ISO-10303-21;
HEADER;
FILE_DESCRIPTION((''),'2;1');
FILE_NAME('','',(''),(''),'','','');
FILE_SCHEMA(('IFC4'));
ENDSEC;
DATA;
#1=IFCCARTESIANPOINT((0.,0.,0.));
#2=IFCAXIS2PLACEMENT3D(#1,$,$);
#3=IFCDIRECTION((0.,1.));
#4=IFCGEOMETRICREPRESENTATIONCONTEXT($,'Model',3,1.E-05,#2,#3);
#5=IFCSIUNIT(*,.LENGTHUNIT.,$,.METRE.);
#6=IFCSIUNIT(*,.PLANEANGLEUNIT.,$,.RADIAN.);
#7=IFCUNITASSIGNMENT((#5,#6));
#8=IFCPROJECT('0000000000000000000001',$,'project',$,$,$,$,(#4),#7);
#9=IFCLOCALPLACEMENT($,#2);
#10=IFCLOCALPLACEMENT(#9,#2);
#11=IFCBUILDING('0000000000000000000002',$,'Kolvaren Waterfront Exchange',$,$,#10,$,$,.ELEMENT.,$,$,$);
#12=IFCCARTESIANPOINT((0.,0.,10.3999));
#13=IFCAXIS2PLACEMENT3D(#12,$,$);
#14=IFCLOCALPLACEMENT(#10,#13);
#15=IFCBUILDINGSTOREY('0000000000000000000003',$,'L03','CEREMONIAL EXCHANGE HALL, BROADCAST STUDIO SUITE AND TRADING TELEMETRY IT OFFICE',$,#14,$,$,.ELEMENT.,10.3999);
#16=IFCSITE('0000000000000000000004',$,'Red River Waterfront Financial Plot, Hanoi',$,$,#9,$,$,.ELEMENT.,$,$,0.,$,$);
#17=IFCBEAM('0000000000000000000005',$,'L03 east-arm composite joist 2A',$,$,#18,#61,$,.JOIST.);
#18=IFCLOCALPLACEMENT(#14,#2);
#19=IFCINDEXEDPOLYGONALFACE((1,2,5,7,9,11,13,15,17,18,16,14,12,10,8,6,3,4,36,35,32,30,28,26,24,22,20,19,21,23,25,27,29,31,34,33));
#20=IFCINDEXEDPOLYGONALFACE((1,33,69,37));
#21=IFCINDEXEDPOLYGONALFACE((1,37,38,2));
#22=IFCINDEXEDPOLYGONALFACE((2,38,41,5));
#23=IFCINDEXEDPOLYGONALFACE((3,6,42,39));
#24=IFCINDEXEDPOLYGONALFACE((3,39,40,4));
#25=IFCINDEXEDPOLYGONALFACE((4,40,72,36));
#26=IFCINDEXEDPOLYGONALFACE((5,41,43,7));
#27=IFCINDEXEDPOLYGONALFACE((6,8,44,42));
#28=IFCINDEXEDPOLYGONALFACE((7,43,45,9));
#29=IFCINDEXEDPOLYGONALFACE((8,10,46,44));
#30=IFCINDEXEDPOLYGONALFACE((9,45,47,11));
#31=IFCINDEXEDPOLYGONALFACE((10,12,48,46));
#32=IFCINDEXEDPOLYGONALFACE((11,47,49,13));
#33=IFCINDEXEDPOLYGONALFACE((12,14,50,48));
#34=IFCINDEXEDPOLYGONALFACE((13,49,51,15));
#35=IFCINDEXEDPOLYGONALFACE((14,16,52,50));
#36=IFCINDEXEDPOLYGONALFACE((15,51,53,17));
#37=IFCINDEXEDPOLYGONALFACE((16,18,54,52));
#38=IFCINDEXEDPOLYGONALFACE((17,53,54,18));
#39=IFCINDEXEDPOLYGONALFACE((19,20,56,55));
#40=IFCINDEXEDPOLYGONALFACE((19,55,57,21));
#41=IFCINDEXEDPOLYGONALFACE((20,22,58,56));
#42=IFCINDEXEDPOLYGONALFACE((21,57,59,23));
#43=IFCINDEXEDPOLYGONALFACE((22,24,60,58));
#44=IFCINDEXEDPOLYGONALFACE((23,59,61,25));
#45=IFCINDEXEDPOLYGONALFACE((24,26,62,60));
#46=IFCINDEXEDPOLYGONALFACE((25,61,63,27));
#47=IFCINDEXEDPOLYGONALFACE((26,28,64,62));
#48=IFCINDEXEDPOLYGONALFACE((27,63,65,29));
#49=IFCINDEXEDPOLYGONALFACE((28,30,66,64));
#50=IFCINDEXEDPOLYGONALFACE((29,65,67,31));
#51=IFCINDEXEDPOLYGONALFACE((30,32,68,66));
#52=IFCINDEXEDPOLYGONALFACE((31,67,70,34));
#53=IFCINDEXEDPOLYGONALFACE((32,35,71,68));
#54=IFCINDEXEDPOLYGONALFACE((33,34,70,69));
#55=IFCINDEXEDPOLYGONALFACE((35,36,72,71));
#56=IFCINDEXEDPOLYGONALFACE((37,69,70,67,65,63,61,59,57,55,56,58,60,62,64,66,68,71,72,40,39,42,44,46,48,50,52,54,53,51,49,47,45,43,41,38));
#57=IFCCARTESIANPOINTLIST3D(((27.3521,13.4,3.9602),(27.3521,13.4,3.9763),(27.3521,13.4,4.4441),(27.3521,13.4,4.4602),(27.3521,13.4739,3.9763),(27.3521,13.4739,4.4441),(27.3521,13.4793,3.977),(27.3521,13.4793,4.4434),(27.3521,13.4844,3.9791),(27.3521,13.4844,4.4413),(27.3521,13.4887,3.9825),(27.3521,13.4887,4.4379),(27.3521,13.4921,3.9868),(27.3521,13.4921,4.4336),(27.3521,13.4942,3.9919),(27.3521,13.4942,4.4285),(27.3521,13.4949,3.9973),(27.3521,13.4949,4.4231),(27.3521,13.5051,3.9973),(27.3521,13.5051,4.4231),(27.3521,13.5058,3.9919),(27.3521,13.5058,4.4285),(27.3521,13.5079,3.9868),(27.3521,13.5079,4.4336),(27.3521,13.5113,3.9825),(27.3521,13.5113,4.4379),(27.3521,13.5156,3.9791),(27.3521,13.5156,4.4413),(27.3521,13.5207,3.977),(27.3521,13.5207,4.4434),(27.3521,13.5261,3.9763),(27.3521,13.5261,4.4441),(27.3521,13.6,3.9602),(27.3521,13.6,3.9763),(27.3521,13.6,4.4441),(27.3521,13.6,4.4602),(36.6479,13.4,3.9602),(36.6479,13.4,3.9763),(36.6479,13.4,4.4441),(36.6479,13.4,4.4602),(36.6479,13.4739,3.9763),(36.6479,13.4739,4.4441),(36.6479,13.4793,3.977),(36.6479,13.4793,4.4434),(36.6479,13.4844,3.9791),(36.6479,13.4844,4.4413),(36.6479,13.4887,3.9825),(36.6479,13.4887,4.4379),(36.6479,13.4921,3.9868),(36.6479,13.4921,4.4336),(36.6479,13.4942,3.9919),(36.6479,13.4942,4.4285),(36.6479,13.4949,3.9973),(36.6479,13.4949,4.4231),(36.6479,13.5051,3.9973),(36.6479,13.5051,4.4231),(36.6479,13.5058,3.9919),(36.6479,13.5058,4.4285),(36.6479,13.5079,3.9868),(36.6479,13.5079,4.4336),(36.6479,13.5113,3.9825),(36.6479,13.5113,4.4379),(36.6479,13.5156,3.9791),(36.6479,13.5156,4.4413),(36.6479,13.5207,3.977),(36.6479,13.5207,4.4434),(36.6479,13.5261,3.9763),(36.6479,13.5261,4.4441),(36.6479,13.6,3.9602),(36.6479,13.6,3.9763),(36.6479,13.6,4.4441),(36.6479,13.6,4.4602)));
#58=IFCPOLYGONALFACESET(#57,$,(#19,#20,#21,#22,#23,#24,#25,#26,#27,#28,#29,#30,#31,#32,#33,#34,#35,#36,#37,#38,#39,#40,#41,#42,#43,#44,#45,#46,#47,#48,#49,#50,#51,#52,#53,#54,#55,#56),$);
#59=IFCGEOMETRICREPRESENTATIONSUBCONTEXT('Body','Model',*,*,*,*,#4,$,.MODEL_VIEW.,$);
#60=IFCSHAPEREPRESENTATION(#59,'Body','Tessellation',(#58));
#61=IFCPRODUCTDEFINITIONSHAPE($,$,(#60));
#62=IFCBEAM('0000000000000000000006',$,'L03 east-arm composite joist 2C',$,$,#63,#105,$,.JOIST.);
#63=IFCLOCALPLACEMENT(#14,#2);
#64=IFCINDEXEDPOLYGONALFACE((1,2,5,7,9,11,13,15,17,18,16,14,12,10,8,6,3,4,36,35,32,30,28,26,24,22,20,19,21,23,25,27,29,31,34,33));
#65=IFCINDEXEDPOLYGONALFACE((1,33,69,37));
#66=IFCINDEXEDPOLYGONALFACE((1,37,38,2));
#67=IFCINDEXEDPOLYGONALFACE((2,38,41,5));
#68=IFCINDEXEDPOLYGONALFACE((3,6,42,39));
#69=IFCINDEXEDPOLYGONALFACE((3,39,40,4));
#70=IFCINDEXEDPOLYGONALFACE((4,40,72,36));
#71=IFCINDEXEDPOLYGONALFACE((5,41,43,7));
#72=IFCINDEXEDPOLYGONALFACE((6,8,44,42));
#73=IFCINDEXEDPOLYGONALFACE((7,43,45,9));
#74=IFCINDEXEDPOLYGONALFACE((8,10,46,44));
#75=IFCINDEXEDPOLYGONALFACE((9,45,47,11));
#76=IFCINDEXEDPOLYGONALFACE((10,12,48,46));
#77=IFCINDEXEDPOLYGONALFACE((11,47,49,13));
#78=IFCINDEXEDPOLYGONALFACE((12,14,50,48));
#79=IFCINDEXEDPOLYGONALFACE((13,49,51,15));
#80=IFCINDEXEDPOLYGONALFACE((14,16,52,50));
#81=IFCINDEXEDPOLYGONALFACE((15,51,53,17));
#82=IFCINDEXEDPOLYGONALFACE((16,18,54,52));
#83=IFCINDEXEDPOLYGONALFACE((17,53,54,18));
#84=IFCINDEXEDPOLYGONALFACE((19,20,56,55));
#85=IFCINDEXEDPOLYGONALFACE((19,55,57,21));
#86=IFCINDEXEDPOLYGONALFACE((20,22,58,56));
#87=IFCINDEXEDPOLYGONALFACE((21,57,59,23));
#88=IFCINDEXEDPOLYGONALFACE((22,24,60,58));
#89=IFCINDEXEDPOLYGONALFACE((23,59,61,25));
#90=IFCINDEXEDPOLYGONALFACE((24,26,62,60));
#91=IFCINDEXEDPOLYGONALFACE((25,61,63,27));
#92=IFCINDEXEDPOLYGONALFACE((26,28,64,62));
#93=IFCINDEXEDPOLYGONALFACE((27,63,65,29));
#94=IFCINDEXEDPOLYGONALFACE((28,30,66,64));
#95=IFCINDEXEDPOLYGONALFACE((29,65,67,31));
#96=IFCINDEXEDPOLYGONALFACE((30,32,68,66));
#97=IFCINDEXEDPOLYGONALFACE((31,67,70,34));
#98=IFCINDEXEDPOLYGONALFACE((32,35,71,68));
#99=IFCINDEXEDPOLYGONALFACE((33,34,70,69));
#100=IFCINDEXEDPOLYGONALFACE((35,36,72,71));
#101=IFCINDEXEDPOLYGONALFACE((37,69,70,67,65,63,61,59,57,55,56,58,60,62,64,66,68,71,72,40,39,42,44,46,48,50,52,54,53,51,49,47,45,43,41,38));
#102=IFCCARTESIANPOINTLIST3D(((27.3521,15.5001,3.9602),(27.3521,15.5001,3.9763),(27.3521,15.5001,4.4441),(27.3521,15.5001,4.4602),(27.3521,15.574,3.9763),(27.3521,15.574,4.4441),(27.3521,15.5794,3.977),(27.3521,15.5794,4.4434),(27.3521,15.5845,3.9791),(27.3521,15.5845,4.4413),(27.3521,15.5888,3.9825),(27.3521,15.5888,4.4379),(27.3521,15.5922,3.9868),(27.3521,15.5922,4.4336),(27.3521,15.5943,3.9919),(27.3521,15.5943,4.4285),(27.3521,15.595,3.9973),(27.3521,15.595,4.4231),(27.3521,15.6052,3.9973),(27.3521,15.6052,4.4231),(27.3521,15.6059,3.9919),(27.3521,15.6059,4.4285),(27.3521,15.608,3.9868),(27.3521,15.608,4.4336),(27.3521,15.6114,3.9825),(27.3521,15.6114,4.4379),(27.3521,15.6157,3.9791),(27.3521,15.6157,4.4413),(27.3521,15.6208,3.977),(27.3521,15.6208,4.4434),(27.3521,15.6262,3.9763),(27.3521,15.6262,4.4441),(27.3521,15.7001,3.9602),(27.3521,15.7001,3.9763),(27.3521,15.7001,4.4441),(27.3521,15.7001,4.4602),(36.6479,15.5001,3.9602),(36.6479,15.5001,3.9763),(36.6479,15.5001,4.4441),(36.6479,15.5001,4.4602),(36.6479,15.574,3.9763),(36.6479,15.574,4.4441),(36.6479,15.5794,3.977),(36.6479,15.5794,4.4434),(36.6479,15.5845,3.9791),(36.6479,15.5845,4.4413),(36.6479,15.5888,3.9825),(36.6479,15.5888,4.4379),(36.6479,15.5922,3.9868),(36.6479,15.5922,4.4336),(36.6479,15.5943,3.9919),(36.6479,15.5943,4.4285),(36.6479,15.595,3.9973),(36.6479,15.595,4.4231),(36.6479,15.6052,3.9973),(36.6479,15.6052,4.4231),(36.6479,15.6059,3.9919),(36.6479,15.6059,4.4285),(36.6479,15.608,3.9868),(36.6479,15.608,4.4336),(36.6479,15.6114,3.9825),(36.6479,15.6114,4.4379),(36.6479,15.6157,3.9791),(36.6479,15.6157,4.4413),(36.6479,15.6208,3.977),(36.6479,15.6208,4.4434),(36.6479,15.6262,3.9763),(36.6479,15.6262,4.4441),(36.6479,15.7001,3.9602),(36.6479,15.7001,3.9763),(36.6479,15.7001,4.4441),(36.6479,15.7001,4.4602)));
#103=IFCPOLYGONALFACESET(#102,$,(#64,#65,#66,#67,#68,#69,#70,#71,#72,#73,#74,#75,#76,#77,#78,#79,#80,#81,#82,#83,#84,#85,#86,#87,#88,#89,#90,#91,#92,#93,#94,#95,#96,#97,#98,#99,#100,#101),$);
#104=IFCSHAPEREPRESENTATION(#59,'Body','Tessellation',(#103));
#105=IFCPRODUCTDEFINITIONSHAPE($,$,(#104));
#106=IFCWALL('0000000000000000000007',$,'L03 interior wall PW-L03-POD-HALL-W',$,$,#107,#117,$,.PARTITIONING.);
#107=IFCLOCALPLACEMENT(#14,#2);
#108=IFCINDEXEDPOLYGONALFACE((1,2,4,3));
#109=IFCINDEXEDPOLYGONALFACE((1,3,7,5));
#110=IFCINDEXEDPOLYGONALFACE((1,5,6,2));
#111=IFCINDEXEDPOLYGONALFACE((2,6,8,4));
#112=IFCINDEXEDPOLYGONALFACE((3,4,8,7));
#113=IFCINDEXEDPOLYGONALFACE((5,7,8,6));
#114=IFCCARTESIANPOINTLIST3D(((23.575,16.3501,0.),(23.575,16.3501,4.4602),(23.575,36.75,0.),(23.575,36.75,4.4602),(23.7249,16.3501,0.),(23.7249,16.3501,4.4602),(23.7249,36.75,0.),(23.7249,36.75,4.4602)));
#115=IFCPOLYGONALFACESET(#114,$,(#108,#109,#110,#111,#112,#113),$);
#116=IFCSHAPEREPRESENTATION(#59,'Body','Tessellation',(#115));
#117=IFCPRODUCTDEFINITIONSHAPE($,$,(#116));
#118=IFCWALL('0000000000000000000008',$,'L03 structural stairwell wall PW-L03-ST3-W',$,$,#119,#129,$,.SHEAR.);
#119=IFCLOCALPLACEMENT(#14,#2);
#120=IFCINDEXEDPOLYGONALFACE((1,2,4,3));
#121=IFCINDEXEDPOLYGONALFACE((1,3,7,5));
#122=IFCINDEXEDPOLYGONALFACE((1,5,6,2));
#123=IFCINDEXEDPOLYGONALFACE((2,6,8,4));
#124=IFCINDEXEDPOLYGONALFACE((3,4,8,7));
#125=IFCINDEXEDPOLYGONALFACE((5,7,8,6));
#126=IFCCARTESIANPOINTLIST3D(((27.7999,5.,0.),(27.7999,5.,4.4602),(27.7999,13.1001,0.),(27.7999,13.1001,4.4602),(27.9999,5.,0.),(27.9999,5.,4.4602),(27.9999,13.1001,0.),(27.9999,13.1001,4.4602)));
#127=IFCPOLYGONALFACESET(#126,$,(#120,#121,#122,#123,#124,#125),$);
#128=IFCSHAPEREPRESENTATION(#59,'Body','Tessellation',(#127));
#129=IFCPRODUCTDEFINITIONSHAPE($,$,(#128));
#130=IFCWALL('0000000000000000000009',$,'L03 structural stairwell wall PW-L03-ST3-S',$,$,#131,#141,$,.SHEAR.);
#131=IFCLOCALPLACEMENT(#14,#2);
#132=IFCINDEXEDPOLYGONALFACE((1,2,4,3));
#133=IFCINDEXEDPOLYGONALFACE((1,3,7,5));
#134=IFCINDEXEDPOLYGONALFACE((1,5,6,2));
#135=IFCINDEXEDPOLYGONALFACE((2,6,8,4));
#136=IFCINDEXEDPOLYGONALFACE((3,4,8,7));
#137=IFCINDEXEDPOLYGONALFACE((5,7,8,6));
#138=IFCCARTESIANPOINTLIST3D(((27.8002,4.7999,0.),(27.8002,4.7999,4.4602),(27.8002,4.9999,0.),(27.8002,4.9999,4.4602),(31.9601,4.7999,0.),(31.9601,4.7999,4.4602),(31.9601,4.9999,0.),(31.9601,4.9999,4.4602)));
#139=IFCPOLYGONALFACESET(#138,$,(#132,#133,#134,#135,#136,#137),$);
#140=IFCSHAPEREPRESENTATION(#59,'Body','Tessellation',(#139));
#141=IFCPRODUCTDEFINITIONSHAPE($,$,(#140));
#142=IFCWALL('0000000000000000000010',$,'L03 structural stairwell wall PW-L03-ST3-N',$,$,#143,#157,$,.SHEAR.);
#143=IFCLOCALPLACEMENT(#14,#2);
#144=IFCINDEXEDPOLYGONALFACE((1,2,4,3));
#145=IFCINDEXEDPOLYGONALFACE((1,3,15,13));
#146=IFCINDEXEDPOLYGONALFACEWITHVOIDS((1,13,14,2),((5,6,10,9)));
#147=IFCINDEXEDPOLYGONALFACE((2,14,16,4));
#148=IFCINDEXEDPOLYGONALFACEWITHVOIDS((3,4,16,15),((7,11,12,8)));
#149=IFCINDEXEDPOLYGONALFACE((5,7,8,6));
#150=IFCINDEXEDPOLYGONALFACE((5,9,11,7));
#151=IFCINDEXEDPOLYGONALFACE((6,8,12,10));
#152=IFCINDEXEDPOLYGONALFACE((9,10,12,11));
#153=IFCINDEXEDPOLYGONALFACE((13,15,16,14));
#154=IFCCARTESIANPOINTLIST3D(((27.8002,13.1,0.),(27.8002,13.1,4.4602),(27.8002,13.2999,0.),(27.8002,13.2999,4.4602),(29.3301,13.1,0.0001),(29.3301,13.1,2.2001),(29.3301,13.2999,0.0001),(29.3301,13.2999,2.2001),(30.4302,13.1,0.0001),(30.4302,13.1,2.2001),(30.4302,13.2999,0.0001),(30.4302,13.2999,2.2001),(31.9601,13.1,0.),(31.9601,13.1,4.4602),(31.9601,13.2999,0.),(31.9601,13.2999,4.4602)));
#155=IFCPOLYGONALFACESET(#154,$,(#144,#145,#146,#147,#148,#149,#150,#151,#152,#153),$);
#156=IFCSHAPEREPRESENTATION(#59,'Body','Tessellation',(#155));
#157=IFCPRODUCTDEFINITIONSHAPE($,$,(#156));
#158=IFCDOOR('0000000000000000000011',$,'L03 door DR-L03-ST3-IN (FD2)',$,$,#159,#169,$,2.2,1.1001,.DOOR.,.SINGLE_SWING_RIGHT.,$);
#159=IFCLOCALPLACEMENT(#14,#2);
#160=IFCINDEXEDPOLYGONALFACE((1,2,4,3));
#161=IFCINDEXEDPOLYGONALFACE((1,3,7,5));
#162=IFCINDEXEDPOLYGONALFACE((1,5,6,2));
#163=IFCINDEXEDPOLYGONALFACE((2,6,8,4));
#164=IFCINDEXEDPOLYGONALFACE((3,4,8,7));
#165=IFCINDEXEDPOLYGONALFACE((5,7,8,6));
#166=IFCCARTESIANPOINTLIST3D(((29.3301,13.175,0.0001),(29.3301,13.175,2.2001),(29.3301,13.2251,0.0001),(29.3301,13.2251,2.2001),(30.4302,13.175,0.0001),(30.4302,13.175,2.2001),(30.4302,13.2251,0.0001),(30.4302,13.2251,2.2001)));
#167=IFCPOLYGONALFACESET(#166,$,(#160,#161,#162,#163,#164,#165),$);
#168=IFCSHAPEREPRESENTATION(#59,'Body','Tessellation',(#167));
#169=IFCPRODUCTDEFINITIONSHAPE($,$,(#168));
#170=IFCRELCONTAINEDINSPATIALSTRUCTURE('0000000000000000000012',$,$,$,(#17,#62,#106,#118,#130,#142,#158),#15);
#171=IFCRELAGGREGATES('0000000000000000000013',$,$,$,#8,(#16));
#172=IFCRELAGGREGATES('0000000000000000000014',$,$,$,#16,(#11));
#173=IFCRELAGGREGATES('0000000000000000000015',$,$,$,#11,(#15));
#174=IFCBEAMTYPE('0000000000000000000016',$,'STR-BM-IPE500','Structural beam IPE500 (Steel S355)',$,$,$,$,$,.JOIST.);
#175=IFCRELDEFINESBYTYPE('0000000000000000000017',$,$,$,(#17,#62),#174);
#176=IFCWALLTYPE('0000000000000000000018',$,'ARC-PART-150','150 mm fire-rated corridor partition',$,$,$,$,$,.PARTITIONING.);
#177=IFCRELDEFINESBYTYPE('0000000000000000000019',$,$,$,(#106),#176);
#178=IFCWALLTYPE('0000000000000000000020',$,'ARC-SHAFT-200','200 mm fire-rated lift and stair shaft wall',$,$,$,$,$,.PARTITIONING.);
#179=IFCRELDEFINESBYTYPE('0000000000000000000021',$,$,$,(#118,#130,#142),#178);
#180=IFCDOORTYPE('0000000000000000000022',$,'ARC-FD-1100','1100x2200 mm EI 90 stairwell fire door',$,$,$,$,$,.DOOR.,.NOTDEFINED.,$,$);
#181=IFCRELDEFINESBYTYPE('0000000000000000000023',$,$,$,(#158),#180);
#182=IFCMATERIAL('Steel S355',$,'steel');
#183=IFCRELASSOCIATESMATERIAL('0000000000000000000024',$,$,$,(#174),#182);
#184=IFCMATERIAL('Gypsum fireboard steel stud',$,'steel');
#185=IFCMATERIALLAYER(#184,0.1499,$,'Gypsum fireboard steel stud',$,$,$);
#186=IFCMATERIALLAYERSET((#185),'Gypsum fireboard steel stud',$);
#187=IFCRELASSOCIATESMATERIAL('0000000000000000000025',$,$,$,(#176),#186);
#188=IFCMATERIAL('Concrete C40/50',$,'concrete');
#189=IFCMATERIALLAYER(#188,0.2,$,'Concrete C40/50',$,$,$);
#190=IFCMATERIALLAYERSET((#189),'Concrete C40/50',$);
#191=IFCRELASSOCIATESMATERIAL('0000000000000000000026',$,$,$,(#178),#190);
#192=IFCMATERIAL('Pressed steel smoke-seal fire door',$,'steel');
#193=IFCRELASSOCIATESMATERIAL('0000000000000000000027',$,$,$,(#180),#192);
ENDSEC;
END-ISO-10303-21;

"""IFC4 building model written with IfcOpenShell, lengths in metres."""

from ifc_helpers import new_model, si_unit, direction, frame, frame_2d, origin, origin_2d, place, context, subcontext, project, spatial, rectangle, i_section, extrude, material, layer, layer_set, material_profile, profile_set, type_object, element, fill, save


model = new_model("IFC4")

# Units and contexts
model_context = context("Model", 3, precision=1e-05, world=origin(), true_north=direction((0.0, 1.0)))
body_context = subcontext(model_context, "Body", "Model", "MODEL_VIEW")
ifc_project = project(units=[si_unit("LENGTHUNIT", "METRE"), si_unit("PLANEANGLEUNIT", "RADIAN")], contexts=[model_context])

# Site, building, storey
site_placement = place(None, origin())
site = spatial("IfcSite", under=ifc_project, at=site_placement, Name="Red River Waterfront Financial Plot, Hanoi", CompositionType="ELEMENT", RefElevation=0.0)
building_placement = place(site_placement, origin())
building = spatial("IfcBuilding", under=site, at=building_placement, Name="Kolvaren Waterfront Exchange", CompositionType="ELEMENT")
storey_placement = place(building_placement, frame((0.0, 0.0, 10.3999)))
storey = spatial("IfcBuildingStorey", under=building, at=storey_placement, Name="L03", Description="CEREMONIAL EXCHANGE HALL, BROADCAST STUDIO SUITE AND TRADING TELEMETRY IT OFFICE", CompositionType="ELEMENT", Elevation=10.3999)

# Beams
ifc_material_1 = material(Name="Steel S355", Category="steel")
ifc_material_profile_1 = material_profile(ifc_material_1, i_section(OverallWidth=0.2, OverallDepth=0.5, WebThickness=0.0103, FlangeThickness=0.0161, FilletRadius=0.021, at=origin_2d()), Name="IPE500")
ifc_profile_set_1 = profile_set([ifc_material_profile_1], Name="Steel S355")
beam_type_1 = type_object("IfcBeamType", Name="STR-BM-IPE500", Description="Structural beam IPE500 (Steel S355)", PredefinedType="JOIST", material=ifc_profile_set_1)
for number, where, z_axis, x_axis, name in (
    (1, (27.3521, 13.5, 4.2102), (1.0, 0.0, 0.0), (0.0, 1.0, 0.0), "L03 east-arm composite joist 2A"),
    (2, (27.3521, 15.6001, 4.2102), (1.0, 0.0, 0.0), (0.0, 1.0, 0.0), "L03 east-arm composite joist 2C"),
):
    element("IfcBeam", number, at=place(storey_placement, frame(where, z_axis=z_axis, x_axis=x_axis)), inside=storey, type_object=beam_type_1, Name=name, PredefinedType="JOIST", context=body_context, shape_type="SweptSolid", body=[
        extrude(i_section(OverallWidth=0.2, OverallDepth=0.5, WebThickness=0.0103, FlangeThickness=0.0161, FilletRadius=0.021, at=origin_2d()), origin(), (0.0, 0.0, 1.0), 9.2959),
    ])

# Walls
ifc_material_2 = material(Name="Gypsum fireboard steel stud", Category="steel")
ifc_layer_1 = layer(ifc_material_2, 0.1499, Name="Gypsum fireboard steel stud")
ifc_layer_set_1 = layer_set([ifc_layer_1], Name="Gypsum fireboard steel stud")
wall_type_1 = type_object("IfcWallType", Name="ARC-PART-150", Description="150 mm fire-rated corridor partition", PredefinedType="PARTITIONING", material=ifc_layer_set_1)
wall_1_placement = place(storey_placement, frame((23.6499, 16.3501, 0.0), z_axis=(0.0, 0.0, 1.0), x_axis=(0.0, 1.0, 0.0)))
element("IfcWall", 3, at=wall_1_placement, inside=storey, type_object=wall_type_1, Name="L03 interior wall PW-L03-POD-HALL-W", PredefinedType="PARTITIONING", context=body_context, shape_type="SweptSolid", body=[
    extrude(rectangle(XDim=20.3999, YDim=0.1499, at=frame_2d((10.2, 0.0))), origin(), (0.0, 0.0, 1.0), 4.4602),
])
ifc_material_3 = material(Name="Concrete C40/50", Category="concrete")
ifc_layer_2 = layer(ifc_material_3, 0.2, Name="Concrete C40/50")
ifc_layer_set_2 = layer_set([ifc_layer_2], Name="Concrete C40/50")
wall_type_2 = type_object("IfcWallType", Name="ARC-SHAFT-200", Description="200 mm fire-rated lift and stair shaft wall", PredefinedType="PARTITIONING", material=ifc_layer_set_2)
wall_2_placement = place(storey_placement, frame((27.8999, 5.0, 0.0), z_axis=(0.0, 0.0, 1.0), x_axis=(0.0, 1.0, 0.0)))
element("IfcWall", 4, at=wall_2_placement, inside=storey, type_object=wall_type_2, Name="L03 structural stairwell wall PW-L03-ST3-W", PredefinedType="SHEAR", context=body_context, shape_type="SweptSolid", body=[
    extrude(rectangle(XDim=8.1001, YDim=0.2, at=frame_2d((4.05, 0.0))), origin(), (0.0, 0.0, 1.0), 4.4602),
])
wall_3_placement = place(storey_placement, frame((27.8, 4.8999, 0.0), z_axis=(0.0, 0.0, 1.0), x_axis=(1.0, 0.0, 0.0)))
element("IfcWall", 5, at=wall_3_placement, inside=storey, type_object=wall_type_2, Name="L03 structural stairwell wall PW-L03-ST3-S", PredefinedType="SHEAR", context=body_context, shape_type="SweptSolid", body=[
    extrude(rectangle(XDim=4.1599, YDim=0.2, at=frame_2d((2.0801, 0.0))), origin(), (0.0, 0.0, 1.0), 4.4602),
])

# Wall, opening, door
wall_4_placement = place(storey_placement, frame((27.8, 13.2, 0.0), z_axis=(0.0, 0.0, 1.0), x_axis=(1.0, 0.0, 0.0)))
wall_4 = element("IfcWall", 6, at=wall_4_placement, inside=storey, type_object=wall_type_2, Name="L03 structural stairwell wall PW-L03-ST3-N", PredefinedType="SHEAR", context=body_context, shape_type="SweptSolid", body=[
    extrude(rectangle(XDim=4.1599, YDim=0.2, at=frame_2d((2.0801, 0.0))), origin(), (0.0, 0.0, 1.0), 4.4602),
])
opening_placement = place(wall_4_placement, frame((1.53, 0.0, 0.0)))
opening = element("IfcOpeningElement", 7, at=opening_placement, cuts=wall_4, PredefinedType="OPENING", context=body_context, shape_type="SweptSolid", body=[
    extrude(rectangle(XDim=1.1001, YDim=2.2, at=frame_2d((0.55, 1.1001))), frame((0.0, 0.1099, 0.0), z_axis=(0.0, -1.0, 0.0), x_axis=(1.0, 0.0, 0.0)), (0.0, 0.0, 1.0), 0.22),
])
ifc_material_4 = material(Name="Pressed steel smoke-seal fire door", Category="steel")
door_type = type_object("IfcDoorType", Name="ARC-FD-1100", Description="1100x2200 mm EI 90 stairwell fire door", OperationType="NOTDEFINED", PredefinedType="DOOR", material=ifc_material_4)
door_placement = place(opening_placement, frame((1.1001, 0.0, 0.0), z_axis=(0.0, 0.0, 1.0), x_axis=(-1.0, 0.0, 0.0)))
door = element("IfcDoor", 8, at=door_placement, inside=storey, type_object=door_type, Name="L03 door DR-L03-ST3-IN (FD2)", OperationType="SINGLE_SWING_RIGHT", OverallHeight=2.2, OverallWidth=1.1001, PredefinedType="DOOR", context=body_context, shape_type="SweptSolid", body=[
    extrude(rectangle(XDim=1.1001, YDim=2.2, at=frame_2d((0.55, 1.1001))), frame((0.0, 0.0249, 0.0), z_axis=(0.0, -1.0, 0.0), x_axis=(1.0, 0.0, 0.0)), (0.0, 0.0, 1.0), 0.05),
])
fill(opening, door)

save(model, "model.ifc")
